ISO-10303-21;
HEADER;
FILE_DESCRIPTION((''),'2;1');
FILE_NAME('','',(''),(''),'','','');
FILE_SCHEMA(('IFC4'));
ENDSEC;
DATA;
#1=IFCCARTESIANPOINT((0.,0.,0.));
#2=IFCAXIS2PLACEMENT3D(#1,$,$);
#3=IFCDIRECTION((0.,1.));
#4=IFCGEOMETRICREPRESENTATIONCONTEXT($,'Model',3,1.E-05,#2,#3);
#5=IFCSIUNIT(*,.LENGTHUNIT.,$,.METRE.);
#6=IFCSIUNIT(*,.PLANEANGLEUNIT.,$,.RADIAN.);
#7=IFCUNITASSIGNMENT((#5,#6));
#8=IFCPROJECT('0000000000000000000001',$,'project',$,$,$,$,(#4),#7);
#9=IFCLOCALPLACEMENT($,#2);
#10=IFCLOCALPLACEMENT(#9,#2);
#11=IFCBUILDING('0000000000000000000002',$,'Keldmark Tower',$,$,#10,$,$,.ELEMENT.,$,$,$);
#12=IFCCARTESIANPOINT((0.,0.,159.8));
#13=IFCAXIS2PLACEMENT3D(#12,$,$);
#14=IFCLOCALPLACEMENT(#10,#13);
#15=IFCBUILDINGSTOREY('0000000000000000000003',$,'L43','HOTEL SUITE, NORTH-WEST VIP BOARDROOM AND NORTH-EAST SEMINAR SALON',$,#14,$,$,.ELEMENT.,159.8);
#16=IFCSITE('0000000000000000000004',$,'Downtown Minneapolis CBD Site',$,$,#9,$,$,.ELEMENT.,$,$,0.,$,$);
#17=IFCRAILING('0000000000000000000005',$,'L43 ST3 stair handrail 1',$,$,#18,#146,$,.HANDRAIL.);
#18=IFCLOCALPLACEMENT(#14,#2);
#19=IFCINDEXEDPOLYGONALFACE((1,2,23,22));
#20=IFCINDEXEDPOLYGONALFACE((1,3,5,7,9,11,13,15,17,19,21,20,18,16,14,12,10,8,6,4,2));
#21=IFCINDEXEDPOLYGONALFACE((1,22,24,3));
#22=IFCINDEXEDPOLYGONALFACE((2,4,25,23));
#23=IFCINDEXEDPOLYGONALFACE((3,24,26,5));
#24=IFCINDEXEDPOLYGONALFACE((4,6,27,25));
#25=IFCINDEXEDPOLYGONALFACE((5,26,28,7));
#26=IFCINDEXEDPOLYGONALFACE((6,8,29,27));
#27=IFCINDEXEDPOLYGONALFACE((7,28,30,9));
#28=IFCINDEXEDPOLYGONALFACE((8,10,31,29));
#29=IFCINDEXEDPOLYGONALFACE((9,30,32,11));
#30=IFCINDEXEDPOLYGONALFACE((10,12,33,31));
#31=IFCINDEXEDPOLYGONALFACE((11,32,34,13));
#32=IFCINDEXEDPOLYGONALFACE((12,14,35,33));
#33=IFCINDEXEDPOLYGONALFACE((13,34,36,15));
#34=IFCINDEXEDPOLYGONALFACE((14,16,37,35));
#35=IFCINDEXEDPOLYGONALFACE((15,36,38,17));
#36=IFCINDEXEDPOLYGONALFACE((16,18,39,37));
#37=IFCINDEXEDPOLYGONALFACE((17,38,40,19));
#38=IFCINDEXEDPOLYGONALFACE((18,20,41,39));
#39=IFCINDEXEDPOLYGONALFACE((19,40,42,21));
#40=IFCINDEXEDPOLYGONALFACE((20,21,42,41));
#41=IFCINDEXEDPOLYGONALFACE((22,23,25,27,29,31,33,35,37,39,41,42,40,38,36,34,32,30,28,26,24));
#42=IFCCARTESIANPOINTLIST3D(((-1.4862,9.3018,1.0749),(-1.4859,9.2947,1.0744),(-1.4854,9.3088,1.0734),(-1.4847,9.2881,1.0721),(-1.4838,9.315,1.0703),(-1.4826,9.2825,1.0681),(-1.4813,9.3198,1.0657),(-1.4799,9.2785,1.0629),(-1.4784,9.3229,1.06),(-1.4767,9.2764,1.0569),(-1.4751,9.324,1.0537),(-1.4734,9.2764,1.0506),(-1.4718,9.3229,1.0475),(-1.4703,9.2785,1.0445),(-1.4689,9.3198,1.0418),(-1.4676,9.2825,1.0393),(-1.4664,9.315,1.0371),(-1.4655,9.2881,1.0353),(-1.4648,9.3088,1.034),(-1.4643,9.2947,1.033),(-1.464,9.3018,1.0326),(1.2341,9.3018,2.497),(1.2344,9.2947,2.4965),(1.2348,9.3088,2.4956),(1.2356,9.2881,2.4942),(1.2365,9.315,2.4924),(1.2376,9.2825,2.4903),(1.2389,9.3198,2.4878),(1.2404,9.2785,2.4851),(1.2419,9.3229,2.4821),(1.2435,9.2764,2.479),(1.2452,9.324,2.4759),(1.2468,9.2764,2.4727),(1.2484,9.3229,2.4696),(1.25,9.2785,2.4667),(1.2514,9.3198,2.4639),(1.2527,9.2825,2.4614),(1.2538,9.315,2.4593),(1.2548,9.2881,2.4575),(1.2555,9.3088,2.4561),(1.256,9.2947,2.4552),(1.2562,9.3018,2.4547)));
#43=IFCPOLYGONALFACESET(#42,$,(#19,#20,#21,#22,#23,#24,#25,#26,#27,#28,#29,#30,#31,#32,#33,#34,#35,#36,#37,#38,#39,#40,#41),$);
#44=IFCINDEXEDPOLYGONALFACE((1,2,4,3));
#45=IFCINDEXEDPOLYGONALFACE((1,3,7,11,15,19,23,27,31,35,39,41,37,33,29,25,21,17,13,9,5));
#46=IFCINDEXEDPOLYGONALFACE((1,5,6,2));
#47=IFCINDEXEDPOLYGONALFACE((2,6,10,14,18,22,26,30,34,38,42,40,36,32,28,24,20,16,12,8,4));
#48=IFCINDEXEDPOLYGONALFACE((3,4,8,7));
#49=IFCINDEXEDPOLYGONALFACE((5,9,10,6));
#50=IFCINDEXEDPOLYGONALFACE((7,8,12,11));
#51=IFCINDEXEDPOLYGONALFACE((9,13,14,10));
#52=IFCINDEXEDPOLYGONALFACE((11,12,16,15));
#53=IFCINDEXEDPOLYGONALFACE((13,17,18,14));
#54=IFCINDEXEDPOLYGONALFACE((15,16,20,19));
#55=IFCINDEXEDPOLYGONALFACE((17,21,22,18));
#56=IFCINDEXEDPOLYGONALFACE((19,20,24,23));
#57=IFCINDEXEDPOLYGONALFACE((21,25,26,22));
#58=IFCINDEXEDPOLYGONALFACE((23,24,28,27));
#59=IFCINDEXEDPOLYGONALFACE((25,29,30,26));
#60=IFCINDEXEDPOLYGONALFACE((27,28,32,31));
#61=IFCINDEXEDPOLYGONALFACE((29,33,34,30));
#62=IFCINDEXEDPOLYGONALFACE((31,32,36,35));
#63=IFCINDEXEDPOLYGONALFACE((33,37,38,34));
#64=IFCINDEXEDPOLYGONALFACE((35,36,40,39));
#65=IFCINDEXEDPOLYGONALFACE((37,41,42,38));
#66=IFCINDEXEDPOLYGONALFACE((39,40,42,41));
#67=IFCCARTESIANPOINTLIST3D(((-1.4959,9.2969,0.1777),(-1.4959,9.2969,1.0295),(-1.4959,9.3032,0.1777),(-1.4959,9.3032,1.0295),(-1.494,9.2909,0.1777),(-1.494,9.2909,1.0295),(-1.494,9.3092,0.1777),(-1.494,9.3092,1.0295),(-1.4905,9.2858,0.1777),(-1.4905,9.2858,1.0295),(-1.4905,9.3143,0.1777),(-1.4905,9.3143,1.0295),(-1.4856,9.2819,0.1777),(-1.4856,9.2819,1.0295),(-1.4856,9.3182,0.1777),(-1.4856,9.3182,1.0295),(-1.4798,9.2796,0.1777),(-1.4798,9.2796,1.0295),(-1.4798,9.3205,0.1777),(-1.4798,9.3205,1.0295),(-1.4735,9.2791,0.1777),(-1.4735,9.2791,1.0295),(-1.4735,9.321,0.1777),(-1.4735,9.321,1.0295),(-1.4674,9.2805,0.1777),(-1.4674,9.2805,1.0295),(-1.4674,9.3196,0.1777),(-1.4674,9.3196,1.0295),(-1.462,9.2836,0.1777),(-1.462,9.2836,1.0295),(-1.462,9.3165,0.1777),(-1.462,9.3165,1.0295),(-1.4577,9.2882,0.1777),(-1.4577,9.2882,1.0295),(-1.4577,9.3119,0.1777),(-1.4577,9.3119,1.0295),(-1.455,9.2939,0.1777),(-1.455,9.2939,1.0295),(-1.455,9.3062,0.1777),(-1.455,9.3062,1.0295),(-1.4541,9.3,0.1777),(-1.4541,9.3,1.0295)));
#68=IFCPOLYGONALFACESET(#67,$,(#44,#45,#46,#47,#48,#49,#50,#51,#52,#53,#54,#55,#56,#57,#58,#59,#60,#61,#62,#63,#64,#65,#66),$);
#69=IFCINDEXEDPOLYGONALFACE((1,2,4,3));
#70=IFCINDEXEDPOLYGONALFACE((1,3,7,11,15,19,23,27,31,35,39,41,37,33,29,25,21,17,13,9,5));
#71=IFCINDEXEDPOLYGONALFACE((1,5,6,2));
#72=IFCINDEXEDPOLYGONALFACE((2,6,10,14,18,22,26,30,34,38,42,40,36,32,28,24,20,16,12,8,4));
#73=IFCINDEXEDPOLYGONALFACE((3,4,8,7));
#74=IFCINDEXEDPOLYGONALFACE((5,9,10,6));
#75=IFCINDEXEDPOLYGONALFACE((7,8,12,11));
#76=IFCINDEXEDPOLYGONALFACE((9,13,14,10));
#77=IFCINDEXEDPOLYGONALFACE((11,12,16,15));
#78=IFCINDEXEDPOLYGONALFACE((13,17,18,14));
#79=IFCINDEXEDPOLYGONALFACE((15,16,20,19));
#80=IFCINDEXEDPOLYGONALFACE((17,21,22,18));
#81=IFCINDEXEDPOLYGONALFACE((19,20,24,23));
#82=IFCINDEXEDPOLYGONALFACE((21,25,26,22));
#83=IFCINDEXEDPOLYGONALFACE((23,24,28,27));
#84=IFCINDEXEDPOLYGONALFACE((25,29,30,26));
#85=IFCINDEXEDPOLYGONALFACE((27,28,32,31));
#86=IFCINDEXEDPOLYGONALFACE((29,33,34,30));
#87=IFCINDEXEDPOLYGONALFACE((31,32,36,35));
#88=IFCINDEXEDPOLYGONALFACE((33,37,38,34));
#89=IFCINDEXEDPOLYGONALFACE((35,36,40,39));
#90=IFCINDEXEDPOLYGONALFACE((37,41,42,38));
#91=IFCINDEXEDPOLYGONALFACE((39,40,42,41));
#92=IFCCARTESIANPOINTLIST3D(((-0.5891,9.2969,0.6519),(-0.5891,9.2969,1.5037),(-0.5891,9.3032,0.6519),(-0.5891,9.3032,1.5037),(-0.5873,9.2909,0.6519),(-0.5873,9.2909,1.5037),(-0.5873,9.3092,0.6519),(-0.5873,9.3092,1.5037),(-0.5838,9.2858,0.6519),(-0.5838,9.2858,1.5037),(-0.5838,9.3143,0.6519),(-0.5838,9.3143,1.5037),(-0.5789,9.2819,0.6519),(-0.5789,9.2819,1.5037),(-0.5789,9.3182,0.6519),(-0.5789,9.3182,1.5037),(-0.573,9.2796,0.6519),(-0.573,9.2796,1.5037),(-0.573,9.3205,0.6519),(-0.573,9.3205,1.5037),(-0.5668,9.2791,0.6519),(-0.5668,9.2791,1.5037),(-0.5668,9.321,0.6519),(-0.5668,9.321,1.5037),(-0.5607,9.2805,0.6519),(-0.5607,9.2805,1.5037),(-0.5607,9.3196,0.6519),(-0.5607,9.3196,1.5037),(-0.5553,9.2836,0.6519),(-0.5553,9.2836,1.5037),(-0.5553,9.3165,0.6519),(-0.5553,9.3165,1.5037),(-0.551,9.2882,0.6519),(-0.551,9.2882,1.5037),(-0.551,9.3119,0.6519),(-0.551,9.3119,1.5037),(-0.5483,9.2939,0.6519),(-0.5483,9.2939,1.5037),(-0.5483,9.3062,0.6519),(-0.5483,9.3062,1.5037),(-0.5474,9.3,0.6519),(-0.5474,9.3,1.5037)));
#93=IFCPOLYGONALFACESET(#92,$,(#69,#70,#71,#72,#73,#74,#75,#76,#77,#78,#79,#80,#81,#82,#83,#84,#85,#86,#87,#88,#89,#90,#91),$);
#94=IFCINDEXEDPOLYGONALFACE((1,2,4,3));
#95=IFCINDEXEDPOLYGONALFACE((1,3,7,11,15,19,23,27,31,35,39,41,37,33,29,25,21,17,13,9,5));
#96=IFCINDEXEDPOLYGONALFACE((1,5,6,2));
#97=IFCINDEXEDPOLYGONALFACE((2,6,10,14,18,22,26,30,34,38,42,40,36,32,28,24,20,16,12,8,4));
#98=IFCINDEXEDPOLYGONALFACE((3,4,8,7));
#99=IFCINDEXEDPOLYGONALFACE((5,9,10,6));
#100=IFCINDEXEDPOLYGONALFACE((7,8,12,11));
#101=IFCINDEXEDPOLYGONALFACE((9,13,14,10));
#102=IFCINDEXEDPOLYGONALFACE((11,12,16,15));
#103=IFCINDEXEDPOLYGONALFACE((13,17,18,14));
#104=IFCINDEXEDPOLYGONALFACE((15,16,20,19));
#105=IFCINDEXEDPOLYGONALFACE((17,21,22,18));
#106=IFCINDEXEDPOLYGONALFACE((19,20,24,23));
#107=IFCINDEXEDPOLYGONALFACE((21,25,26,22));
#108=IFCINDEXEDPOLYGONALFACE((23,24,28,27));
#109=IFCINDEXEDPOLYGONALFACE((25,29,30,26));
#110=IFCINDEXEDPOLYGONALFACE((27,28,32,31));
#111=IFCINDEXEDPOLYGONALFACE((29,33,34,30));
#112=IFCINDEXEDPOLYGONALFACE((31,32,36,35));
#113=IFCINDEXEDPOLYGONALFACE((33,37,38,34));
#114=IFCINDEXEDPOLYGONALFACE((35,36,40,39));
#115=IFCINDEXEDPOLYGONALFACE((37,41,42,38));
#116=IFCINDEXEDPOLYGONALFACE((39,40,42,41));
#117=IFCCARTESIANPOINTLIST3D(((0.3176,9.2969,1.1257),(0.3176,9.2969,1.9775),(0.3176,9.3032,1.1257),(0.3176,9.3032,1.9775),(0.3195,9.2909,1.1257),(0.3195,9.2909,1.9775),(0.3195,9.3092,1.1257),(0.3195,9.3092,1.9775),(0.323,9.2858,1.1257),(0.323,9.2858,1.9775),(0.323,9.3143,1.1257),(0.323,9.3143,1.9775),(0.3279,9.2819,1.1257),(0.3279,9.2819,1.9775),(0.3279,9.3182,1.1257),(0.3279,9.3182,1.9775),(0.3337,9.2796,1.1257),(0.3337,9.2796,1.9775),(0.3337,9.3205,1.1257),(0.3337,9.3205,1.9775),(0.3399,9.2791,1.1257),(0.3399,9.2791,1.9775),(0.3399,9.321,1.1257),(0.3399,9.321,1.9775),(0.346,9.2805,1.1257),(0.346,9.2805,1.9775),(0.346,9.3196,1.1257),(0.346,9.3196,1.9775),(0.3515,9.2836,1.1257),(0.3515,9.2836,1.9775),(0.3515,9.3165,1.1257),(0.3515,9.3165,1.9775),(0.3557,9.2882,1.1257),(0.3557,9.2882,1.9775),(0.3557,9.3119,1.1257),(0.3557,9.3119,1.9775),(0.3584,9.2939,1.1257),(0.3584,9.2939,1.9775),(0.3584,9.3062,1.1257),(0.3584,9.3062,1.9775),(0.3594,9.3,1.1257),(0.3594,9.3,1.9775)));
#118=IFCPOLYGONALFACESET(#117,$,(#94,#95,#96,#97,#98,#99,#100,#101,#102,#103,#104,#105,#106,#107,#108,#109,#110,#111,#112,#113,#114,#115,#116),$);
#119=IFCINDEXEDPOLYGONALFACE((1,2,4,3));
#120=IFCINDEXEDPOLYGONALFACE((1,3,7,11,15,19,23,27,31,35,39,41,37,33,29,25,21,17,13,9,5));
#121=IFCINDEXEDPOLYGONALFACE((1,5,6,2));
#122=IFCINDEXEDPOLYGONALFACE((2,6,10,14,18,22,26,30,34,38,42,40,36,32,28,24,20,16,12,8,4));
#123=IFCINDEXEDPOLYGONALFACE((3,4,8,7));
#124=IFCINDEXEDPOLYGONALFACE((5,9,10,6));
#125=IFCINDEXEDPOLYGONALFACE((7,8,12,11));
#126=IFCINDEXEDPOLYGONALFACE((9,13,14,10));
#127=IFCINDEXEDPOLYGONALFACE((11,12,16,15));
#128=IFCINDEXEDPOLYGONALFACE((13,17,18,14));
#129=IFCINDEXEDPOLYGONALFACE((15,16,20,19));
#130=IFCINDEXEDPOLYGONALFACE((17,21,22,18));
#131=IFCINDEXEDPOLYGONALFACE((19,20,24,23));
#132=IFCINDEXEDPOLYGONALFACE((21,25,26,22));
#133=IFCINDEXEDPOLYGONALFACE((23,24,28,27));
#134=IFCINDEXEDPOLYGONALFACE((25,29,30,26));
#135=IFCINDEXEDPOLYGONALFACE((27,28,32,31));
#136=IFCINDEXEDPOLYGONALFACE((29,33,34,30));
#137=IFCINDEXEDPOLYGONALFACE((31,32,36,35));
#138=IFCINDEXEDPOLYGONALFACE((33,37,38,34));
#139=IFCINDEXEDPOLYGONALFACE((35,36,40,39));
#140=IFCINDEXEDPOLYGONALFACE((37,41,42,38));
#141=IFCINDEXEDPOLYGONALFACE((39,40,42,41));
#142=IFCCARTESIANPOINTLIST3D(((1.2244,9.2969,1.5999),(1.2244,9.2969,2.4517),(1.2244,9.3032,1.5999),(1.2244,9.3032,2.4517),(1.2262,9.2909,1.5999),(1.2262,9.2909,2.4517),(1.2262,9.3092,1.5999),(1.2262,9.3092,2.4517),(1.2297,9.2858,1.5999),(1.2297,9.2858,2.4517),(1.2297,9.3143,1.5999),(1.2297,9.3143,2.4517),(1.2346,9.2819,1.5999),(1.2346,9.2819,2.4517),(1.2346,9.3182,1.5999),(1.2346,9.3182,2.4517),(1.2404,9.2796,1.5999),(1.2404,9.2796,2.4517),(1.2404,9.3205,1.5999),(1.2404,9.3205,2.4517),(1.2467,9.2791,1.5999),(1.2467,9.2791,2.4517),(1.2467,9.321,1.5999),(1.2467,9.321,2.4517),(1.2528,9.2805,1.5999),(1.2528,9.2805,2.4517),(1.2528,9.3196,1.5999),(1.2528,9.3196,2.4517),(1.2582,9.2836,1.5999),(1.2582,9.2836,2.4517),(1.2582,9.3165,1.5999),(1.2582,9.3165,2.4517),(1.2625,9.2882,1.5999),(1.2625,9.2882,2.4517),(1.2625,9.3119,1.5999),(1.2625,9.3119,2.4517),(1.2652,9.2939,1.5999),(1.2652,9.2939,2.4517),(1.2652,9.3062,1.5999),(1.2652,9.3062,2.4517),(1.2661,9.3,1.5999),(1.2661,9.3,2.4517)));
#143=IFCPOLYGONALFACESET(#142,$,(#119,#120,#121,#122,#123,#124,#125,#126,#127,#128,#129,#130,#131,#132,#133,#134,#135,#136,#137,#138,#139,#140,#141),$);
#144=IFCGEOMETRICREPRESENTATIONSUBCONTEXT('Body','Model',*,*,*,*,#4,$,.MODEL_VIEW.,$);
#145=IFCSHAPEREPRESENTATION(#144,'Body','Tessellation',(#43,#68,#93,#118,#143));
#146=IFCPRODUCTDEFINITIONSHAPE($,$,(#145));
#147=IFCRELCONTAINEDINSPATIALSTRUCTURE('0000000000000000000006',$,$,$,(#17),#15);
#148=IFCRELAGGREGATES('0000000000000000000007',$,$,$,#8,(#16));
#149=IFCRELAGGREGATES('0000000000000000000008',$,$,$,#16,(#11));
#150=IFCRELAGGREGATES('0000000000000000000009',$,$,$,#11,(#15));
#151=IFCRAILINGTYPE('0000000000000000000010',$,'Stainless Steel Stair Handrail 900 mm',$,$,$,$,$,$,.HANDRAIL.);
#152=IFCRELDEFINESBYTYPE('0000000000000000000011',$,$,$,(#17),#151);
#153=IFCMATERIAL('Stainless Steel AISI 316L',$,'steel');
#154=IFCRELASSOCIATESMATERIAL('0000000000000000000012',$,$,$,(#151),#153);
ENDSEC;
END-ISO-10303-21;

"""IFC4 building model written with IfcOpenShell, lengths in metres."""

from ifc_helpers import new_model, si_unit, direction, frame, origin, origin_2d, place, context, subcontext, project, spatial, circle, extrude, material, type_object, element, save


model = new_model("IFC4")

# Units and contexts
model_context = context("Model", 3, precision=1e-05, world=origin(), true_north=direction((0.0, 1.0)))
body_context = subcontext(model_context, "Body", "Model", "MODEL_VIEW")
ifc_project = project(units=[si_unit("LENGTHUNIT", "METRE"), si_unit("PLANEANGLEUNIT", "RADIAN")], contexts=[model_context])

# Site, building, storey
site_placement = place(None, origin())
site = spatial("IfcSite", under=ifc_project, at=site_placement, Name="Downtown Minneapolis CBD Site", CompositionType="ELEMENT", RefElevation=0.0)
building_placement = place(site_placement, origin())
building = spatial("IfcBuilding", under=site, at=building_placement, Name="Keldmark Tower", CompositionType="ELEMENT")
storey_placement = place(building_placement, frame((0.0, 0.0, 159.8)))
storey = spatial("IfcBuildingStorey", under=building, at=storey_placement, Name="L43", Description="HOTEL SUITE, NORTH-WEST VIP BOARDROOM AND NORTH-EAST SEMINAR SALON", CompositionType="ELEMENT", Elevation=159.8)

# Railing
ifc_material_1 = material(Name="Stainless Steel AISI 316L", Category="steel")
railing_type = type_object("IfcRailingType", Name="Stainless Steel Stair Handrail 900 mm", PredefinedType="HANDRAIL", material=ifc_material_1)
railing_placement = place(storey_placement, frame((-1.4751, 9.3, 0.1777)))
element("IfcRailing", 1, at=railing_placement, inside=storey, type_object=railing_type, Name="L43 ST3 stair handrail 1", PredefinedType="HANDRAIL", context=body_context, shape_type="SweptSolid", body=[
    extrude(circle(Radius=0.0239, at=origin_2d()), frame((0.0, 0.0, 0.876), z_axis=(0.8862, 0.0, 0.463302), x_axis=(0.0, 1.0, 0.0)), (0.0, 0.0, 1.0), 3.0696),
    extrude(circle(Radius=0.021, at=origin_2d()), origin(), (0.0, 0.0, 1.0), 0.8518),
    extrude(circle(Radius=0.021, at=origin_2d()), frame((0.9067, 0.0, 0.4741)), (0.0, 0.0, 1.0), 0.8518),
    extrude(circle(Radius=0.021, at=origin_2d()), frame((1.8135, 0.0, 0.948)), (0.0, 0.0, 1.0), 0.8518),
    extrude(circle(Radius=0.021, at=origin_2d()), frame((2.7202, 0.0, 1.4221)), (0.0, 0.0, 1.0), 0.8518),
])

save(model, "model.ifc")
